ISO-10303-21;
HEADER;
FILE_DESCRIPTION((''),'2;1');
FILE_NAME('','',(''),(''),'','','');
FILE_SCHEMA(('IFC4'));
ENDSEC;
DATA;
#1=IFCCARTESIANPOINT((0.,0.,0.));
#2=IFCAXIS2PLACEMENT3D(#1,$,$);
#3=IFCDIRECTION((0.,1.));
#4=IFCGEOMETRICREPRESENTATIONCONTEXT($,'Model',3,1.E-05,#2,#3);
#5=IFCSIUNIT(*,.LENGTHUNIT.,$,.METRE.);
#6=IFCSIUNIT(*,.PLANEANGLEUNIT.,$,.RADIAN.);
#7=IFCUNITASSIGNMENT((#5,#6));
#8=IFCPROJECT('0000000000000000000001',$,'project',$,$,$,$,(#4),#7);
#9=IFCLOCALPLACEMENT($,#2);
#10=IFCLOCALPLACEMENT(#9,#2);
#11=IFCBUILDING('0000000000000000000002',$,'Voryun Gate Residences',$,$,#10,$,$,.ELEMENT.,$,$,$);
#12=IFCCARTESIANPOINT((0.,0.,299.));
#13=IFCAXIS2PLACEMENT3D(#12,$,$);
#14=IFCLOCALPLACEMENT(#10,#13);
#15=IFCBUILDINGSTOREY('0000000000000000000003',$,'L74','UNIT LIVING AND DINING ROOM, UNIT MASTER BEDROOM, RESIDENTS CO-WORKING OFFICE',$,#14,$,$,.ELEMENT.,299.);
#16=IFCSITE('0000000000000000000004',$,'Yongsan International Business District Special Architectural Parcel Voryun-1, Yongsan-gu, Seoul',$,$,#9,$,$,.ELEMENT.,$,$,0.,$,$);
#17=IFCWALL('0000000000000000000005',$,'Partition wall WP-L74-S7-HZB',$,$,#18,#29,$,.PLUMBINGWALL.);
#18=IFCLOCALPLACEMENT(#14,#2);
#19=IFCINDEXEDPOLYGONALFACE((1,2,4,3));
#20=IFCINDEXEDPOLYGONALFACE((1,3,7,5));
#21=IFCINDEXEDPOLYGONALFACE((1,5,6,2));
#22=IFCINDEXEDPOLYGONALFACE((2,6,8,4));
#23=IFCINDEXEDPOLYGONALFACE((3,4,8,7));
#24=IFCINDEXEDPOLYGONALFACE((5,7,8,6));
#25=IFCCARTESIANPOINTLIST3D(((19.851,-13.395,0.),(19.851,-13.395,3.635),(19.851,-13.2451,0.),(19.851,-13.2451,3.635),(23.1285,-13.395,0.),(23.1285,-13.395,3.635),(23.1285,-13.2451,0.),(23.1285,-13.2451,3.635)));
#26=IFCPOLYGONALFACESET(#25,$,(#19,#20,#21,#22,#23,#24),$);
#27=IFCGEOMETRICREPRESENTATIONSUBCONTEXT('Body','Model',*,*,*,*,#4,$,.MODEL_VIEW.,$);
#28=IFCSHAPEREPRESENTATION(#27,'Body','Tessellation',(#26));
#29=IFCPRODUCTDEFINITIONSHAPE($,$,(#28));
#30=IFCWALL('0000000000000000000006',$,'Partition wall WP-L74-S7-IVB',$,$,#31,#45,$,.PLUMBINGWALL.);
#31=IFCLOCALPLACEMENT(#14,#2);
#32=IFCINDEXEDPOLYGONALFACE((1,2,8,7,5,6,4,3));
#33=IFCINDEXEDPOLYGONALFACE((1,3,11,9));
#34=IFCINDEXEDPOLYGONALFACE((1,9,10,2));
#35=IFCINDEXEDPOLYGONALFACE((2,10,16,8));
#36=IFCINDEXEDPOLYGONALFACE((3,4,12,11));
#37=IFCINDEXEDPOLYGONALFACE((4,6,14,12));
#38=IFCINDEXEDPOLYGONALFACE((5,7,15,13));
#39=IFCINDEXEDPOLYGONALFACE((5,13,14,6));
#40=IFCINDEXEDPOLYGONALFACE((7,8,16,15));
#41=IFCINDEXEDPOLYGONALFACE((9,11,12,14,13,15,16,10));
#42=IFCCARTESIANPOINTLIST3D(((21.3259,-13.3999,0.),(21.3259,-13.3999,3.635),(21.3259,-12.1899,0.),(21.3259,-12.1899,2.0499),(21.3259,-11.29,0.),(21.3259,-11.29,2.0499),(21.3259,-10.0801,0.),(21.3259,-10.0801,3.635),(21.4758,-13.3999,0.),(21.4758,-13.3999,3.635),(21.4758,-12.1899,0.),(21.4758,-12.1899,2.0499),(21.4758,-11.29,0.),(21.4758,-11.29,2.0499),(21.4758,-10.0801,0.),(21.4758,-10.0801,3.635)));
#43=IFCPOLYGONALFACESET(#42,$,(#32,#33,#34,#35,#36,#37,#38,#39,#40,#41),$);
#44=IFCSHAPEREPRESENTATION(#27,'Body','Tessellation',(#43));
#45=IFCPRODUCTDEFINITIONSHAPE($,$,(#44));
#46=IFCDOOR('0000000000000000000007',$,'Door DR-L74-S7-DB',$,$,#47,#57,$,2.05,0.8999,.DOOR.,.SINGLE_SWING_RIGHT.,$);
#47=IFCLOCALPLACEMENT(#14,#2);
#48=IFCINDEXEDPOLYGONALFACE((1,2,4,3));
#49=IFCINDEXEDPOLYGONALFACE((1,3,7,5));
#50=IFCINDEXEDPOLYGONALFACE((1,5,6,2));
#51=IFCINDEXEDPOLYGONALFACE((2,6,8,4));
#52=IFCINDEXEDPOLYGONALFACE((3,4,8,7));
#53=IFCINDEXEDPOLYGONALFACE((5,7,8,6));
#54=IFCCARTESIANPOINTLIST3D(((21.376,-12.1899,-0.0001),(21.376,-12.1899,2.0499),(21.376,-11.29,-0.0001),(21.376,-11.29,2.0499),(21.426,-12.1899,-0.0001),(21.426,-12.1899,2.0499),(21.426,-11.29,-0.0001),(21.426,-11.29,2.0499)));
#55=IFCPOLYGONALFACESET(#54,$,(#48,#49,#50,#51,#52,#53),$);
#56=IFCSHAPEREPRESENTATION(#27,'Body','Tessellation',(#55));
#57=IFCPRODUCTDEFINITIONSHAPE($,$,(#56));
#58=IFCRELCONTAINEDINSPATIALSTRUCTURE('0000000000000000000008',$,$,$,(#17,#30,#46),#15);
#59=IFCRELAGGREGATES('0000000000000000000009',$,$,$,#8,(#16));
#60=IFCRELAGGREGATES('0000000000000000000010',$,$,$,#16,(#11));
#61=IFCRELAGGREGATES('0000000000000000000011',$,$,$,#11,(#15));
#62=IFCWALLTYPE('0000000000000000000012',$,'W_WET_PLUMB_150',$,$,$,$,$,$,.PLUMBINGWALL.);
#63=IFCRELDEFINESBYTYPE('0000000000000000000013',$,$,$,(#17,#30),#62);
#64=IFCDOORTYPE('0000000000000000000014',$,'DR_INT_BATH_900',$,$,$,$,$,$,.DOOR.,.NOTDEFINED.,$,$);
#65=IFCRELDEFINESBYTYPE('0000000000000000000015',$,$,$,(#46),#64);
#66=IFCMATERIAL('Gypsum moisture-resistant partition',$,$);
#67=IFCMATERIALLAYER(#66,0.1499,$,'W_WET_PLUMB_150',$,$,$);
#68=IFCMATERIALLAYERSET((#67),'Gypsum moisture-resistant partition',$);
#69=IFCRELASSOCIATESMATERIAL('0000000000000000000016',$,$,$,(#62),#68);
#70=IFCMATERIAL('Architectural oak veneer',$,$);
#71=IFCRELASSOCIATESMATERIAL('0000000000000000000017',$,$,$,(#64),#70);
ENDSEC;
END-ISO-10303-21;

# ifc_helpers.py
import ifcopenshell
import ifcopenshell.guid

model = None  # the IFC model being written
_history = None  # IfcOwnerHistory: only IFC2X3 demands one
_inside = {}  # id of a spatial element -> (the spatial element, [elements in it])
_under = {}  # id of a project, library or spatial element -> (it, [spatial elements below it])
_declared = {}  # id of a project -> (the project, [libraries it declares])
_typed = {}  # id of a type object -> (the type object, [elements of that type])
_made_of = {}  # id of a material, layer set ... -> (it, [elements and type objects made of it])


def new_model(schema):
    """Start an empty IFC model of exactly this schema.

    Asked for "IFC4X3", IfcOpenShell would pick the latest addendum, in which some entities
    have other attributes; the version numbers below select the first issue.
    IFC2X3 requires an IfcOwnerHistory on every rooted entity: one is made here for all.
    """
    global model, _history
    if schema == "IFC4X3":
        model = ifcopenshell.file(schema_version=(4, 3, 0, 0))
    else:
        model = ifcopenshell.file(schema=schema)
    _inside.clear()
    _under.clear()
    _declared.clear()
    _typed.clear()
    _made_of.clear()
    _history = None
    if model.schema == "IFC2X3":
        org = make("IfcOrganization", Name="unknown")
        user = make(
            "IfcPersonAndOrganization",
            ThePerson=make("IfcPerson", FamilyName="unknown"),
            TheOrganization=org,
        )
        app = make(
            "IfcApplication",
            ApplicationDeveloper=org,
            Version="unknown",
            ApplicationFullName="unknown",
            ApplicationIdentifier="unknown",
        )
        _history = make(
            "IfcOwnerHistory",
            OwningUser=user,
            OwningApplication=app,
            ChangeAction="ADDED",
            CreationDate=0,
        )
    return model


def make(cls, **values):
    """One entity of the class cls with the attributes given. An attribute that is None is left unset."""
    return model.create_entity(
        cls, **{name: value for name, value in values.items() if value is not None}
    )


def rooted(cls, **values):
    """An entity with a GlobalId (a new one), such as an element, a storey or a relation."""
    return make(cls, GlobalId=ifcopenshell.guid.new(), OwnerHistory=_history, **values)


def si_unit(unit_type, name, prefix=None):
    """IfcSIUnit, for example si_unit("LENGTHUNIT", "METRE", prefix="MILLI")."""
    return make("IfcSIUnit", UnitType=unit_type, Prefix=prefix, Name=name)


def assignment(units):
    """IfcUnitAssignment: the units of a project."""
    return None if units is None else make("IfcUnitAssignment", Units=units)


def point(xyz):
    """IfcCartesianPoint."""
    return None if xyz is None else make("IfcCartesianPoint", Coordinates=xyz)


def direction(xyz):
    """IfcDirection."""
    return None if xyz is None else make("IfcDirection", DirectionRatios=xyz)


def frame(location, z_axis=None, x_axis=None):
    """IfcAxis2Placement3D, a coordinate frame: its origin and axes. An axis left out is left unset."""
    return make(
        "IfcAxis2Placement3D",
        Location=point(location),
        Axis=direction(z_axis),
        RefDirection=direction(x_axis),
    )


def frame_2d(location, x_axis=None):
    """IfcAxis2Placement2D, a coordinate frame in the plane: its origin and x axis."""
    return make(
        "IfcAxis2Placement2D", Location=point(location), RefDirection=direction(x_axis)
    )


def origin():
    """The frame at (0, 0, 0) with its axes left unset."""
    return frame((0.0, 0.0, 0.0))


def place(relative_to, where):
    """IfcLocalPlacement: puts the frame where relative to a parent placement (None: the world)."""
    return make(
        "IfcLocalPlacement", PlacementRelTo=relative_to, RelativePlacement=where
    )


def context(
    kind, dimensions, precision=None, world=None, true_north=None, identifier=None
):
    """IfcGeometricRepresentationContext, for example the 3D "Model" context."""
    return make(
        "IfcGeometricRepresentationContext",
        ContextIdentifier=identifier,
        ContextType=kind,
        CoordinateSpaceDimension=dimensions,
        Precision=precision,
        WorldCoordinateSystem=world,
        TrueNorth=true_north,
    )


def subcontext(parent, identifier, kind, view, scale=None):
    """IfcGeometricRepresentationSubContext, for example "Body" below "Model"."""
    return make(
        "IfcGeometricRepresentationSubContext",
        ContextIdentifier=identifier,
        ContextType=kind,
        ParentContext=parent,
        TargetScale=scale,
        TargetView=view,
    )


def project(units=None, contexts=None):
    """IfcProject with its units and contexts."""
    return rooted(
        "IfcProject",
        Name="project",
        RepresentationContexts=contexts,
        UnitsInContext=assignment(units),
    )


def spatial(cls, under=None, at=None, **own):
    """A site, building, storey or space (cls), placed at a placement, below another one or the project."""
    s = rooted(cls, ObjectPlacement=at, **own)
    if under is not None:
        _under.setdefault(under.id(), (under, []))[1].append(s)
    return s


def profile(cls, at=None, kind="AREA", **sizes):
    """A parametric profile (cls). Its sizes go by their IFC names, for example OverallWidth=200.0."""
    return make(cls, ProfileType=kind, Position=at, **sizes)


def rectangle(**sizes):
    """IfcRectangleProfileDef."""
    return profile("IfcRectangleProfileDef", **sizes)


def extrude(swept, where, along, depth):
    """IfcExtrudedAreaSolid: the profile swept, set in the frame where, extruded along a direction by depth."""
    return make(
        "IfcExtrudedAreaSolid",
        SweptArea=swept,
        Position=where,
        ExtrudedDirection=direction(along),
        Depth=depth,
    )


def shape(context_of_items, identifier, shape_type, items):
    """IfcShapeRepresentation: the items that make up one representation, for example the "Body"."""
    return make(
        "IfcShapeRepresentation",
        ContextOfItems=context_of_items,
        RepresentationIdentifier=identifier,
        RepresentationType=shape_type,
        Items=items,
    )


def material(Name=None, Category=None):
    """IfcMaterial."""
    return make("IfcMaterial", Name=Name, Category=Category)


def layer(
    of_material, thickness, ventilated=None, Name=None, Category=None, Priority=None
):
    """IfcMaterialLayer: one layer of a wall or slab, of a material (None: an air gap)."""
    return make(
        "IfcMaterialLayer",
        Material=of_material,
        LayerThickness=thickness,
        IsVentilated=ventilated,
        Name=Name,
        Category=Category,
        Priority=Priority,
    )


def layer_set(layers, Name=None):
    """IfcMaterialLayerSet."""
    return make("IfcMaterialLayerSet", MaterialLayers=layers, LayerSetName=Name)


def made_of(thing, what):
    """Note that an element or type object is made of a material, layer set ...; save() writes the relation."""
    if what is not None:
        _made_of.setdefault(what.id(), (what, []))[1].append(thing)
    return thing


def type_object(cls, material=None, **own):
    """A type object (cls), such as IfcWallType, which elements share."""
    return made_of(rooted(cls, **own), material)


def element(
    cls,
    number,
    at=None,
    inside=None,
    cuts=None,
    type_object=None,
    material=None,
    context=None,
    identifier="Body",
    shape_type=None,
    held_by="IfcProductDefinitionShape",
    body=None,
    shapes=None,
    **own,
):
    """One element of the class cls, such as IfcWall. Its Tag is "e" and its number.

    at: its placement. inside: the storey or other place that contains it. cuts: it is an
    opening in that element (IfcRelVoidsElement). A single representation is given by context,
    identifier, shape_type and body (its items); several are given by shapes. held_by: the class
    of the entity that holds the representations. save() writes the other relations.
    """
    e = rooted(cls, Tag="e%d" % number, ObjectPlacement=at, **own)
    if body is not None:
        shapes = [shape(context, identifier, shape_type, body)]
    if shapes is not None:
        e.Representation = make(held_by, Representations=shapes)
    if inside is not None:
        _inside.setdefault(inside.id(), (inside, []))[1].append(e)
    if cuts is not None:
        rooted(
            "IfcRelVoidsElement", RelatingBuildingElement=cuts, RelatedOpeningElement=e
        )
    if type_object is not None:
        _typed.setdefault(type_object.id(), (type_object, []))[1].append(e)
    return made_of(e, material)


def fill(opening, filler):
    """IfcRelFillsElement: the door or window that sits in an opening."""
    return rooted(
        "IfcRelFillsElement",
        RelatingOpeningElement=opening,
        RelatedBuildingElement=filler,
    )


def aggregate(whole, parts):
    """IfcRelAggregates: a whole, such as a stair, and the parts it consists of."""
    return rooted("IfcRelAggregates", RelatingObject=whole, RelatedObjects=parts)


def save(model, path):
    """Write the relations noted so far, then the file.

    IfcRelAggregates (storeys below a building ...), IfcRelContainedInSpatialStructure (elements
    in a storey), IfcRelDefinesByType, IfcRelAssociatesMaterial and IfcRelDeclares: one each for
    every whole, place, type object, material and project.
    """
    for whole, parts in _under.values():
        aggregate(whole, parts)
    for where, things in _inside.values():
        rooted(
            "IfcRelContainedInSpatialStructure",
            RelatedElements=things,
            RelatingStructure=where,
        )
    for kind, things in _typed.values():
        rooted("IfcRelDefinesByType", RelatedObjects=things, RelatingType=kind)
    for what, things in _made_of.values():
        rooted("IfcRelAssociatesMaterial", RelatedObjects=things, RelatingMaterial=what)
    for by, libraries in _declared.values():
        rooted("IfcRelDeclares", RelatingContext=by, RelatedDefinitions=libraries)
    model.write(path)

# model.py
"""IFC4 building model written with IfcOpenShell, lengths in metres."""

from ifc_helpers import new_model, si_unit, direction, frame, frame_2d, origin, place, context, subcontext, project, spatial, rectangle, extrude, material, layer, layer_set, type_object, element, fill, save


model = new_model("IFC4")

# Units and contexts
model_context = context("Model", 3, precision=1e-05, world=origin(), true_north=direction((0.0, 1.0)))
body_context = subcontext(model_context, "Body", "Model", "MODEL_VIEW")
ifc_project = project(units=[si_unit("LENGTHUNIT", "METRE"), si_unit("PLANEANGLEUNIT", "RADIAN")], contexts=[model_context])

# Site, building, storey
site_placement = place(None, origin())
site = spatial("IfcSite", under=ifc_project, at=site_placement, Name="Yongsan International Business District Special Architectural Parcel Voryun-1, Yongsan-gu, Seoul", CompositionType="ELEMENT", RefElevation=0.0)
building_placement = place(site_placement, origin())
building = spatial("IfcBuilding", under=site, at=building_placement, Name="Voryun Gate Residences", CompositionType="ELEMENT")
storey_placement = place(building_placement, frame((0.0, 0.0, 299.0)))
storey = spatial("IfcBuildingStorey", under=building, at=storey_placement, Name="L74", Description="UNIT LIVING AND DINING ROOM, UNIT MASTER BEDROOM, RESIDENTS CO-WORKING OFFICE", CompositionType="ELEMENT", Elevation=299.0)

# Wall
ifc_material_1 = material(Name="Gypsum moisture-resistant partition")
ifc_layer_1 = layer(ifc_material_1, 0.1499, Name="W_WET_PLUMB_150")
ifc_layer_set_1 = layer_set([ifc_layer_1], Name="Gypsum moisture-resistant partition")
wall_type_1 = type_object("IfcWallType", Name="W_WET_PLUMB_150", PredefinedType="PLUMBINGWALL", material=ifc_layer_set_1)
wall_1_placement = place(storey_placement, frame((19.8511, -13.3201, 0.0), z_axis=(0.0, 0.0, 1.0), x_axis=(1.0, 0.0, 0.0)))
element("IfcWall", 1, at=wall_1_placement, inside=storey, type_object=wall_type_1, Name="Partition wall WP-L74-S7-HZB", PredefinedType="PLUMBINGWALL", context=body_context, shape_type="SweptSolid", body=[
    extrude(rectangle(XDim=3.2776, YDim=0.1499, at=frame_2d((1.6387, 0.0))), origin(), (0.0, 0.0, 1.0), 3.635),
])

# Wall, opening, door
wall_2_placement = place(storey_placement, frame((21.4009, -13.3999, 0.0), z_axis=(0.0, 0.0, 1.0), x_axis=(0.0, 1.0, 0.0)))
wall_2 = element("IfcWall", 2, at=wall_2_placement, inside=storey, type_object=wall_type_1, Name="Partition wall WP-L74-S7-IVB", PredefinedType="PLUMBINGWALL", context=body_context, shape_type="SweptSolid", body=[
    extrude(rectangle(XDim=3.3198, YDim=0.1499, at=frame_2d((1.6599, 0.0))), origin(), (0.0, 0.0, 1.0), 3.635),
])
opening_1_placement = place(wall_2_placement, frame((1.21, 0.0, 0.0)))
opening_1 = element("IfcOpeningElement", 3, at=opening_1_placement, cuts=wall_2, PredefinedType="OPENING", context=body_context, shape_type="SweptSolid", body=[
    extrude(rectangle(XDim=0.8999, YDim=2.05, at=frame_2d((0.45, 1.0249))), frame((0.0, 0.085, 0.0), z_axis=(0.0, -1.0, 0.0), x_axis=(1.0, 0.0, 0.0)), (0.0, 0.0, 1.0), 0.1699),
])
ifc_material_2 = material(Name="Architectural oak veneer")
door_type_1 = type_object("IfcDoorType", Name="DR_INT_BATH_900", OperationType="NOTDEFINED", PredefinedType="DOOR", material=ifc_material_2)
door_1_placement = place(opening_1_placement, origin())
door_1 = element("IfcDoor", 4, at=door_1_placement, inside=storey, type_object=door_type_1, Name="Door DR-L74-S7-DB", OperationType="SINGLE_SWING_RIGHT", OverallHeight=2.05, OverallWidth=0.8999, PredefinedType="DOOR", context=body_context, shape_type="SweptSolid", body=[
    extrude(rectangle(XDim=0.8999, YDim=2.05, at=frame_2d((0.45, 1.0249))), frame((0.0, 0.0249, 0.0), z_axis=(0.0, -1.0, 0.0), x_axis=(1.0, 0.0, 0.0)), (0.0, 0.0, 1.0), 0.05),
])
fill(opening_1, door_1)

save(model, "model.ifc")
